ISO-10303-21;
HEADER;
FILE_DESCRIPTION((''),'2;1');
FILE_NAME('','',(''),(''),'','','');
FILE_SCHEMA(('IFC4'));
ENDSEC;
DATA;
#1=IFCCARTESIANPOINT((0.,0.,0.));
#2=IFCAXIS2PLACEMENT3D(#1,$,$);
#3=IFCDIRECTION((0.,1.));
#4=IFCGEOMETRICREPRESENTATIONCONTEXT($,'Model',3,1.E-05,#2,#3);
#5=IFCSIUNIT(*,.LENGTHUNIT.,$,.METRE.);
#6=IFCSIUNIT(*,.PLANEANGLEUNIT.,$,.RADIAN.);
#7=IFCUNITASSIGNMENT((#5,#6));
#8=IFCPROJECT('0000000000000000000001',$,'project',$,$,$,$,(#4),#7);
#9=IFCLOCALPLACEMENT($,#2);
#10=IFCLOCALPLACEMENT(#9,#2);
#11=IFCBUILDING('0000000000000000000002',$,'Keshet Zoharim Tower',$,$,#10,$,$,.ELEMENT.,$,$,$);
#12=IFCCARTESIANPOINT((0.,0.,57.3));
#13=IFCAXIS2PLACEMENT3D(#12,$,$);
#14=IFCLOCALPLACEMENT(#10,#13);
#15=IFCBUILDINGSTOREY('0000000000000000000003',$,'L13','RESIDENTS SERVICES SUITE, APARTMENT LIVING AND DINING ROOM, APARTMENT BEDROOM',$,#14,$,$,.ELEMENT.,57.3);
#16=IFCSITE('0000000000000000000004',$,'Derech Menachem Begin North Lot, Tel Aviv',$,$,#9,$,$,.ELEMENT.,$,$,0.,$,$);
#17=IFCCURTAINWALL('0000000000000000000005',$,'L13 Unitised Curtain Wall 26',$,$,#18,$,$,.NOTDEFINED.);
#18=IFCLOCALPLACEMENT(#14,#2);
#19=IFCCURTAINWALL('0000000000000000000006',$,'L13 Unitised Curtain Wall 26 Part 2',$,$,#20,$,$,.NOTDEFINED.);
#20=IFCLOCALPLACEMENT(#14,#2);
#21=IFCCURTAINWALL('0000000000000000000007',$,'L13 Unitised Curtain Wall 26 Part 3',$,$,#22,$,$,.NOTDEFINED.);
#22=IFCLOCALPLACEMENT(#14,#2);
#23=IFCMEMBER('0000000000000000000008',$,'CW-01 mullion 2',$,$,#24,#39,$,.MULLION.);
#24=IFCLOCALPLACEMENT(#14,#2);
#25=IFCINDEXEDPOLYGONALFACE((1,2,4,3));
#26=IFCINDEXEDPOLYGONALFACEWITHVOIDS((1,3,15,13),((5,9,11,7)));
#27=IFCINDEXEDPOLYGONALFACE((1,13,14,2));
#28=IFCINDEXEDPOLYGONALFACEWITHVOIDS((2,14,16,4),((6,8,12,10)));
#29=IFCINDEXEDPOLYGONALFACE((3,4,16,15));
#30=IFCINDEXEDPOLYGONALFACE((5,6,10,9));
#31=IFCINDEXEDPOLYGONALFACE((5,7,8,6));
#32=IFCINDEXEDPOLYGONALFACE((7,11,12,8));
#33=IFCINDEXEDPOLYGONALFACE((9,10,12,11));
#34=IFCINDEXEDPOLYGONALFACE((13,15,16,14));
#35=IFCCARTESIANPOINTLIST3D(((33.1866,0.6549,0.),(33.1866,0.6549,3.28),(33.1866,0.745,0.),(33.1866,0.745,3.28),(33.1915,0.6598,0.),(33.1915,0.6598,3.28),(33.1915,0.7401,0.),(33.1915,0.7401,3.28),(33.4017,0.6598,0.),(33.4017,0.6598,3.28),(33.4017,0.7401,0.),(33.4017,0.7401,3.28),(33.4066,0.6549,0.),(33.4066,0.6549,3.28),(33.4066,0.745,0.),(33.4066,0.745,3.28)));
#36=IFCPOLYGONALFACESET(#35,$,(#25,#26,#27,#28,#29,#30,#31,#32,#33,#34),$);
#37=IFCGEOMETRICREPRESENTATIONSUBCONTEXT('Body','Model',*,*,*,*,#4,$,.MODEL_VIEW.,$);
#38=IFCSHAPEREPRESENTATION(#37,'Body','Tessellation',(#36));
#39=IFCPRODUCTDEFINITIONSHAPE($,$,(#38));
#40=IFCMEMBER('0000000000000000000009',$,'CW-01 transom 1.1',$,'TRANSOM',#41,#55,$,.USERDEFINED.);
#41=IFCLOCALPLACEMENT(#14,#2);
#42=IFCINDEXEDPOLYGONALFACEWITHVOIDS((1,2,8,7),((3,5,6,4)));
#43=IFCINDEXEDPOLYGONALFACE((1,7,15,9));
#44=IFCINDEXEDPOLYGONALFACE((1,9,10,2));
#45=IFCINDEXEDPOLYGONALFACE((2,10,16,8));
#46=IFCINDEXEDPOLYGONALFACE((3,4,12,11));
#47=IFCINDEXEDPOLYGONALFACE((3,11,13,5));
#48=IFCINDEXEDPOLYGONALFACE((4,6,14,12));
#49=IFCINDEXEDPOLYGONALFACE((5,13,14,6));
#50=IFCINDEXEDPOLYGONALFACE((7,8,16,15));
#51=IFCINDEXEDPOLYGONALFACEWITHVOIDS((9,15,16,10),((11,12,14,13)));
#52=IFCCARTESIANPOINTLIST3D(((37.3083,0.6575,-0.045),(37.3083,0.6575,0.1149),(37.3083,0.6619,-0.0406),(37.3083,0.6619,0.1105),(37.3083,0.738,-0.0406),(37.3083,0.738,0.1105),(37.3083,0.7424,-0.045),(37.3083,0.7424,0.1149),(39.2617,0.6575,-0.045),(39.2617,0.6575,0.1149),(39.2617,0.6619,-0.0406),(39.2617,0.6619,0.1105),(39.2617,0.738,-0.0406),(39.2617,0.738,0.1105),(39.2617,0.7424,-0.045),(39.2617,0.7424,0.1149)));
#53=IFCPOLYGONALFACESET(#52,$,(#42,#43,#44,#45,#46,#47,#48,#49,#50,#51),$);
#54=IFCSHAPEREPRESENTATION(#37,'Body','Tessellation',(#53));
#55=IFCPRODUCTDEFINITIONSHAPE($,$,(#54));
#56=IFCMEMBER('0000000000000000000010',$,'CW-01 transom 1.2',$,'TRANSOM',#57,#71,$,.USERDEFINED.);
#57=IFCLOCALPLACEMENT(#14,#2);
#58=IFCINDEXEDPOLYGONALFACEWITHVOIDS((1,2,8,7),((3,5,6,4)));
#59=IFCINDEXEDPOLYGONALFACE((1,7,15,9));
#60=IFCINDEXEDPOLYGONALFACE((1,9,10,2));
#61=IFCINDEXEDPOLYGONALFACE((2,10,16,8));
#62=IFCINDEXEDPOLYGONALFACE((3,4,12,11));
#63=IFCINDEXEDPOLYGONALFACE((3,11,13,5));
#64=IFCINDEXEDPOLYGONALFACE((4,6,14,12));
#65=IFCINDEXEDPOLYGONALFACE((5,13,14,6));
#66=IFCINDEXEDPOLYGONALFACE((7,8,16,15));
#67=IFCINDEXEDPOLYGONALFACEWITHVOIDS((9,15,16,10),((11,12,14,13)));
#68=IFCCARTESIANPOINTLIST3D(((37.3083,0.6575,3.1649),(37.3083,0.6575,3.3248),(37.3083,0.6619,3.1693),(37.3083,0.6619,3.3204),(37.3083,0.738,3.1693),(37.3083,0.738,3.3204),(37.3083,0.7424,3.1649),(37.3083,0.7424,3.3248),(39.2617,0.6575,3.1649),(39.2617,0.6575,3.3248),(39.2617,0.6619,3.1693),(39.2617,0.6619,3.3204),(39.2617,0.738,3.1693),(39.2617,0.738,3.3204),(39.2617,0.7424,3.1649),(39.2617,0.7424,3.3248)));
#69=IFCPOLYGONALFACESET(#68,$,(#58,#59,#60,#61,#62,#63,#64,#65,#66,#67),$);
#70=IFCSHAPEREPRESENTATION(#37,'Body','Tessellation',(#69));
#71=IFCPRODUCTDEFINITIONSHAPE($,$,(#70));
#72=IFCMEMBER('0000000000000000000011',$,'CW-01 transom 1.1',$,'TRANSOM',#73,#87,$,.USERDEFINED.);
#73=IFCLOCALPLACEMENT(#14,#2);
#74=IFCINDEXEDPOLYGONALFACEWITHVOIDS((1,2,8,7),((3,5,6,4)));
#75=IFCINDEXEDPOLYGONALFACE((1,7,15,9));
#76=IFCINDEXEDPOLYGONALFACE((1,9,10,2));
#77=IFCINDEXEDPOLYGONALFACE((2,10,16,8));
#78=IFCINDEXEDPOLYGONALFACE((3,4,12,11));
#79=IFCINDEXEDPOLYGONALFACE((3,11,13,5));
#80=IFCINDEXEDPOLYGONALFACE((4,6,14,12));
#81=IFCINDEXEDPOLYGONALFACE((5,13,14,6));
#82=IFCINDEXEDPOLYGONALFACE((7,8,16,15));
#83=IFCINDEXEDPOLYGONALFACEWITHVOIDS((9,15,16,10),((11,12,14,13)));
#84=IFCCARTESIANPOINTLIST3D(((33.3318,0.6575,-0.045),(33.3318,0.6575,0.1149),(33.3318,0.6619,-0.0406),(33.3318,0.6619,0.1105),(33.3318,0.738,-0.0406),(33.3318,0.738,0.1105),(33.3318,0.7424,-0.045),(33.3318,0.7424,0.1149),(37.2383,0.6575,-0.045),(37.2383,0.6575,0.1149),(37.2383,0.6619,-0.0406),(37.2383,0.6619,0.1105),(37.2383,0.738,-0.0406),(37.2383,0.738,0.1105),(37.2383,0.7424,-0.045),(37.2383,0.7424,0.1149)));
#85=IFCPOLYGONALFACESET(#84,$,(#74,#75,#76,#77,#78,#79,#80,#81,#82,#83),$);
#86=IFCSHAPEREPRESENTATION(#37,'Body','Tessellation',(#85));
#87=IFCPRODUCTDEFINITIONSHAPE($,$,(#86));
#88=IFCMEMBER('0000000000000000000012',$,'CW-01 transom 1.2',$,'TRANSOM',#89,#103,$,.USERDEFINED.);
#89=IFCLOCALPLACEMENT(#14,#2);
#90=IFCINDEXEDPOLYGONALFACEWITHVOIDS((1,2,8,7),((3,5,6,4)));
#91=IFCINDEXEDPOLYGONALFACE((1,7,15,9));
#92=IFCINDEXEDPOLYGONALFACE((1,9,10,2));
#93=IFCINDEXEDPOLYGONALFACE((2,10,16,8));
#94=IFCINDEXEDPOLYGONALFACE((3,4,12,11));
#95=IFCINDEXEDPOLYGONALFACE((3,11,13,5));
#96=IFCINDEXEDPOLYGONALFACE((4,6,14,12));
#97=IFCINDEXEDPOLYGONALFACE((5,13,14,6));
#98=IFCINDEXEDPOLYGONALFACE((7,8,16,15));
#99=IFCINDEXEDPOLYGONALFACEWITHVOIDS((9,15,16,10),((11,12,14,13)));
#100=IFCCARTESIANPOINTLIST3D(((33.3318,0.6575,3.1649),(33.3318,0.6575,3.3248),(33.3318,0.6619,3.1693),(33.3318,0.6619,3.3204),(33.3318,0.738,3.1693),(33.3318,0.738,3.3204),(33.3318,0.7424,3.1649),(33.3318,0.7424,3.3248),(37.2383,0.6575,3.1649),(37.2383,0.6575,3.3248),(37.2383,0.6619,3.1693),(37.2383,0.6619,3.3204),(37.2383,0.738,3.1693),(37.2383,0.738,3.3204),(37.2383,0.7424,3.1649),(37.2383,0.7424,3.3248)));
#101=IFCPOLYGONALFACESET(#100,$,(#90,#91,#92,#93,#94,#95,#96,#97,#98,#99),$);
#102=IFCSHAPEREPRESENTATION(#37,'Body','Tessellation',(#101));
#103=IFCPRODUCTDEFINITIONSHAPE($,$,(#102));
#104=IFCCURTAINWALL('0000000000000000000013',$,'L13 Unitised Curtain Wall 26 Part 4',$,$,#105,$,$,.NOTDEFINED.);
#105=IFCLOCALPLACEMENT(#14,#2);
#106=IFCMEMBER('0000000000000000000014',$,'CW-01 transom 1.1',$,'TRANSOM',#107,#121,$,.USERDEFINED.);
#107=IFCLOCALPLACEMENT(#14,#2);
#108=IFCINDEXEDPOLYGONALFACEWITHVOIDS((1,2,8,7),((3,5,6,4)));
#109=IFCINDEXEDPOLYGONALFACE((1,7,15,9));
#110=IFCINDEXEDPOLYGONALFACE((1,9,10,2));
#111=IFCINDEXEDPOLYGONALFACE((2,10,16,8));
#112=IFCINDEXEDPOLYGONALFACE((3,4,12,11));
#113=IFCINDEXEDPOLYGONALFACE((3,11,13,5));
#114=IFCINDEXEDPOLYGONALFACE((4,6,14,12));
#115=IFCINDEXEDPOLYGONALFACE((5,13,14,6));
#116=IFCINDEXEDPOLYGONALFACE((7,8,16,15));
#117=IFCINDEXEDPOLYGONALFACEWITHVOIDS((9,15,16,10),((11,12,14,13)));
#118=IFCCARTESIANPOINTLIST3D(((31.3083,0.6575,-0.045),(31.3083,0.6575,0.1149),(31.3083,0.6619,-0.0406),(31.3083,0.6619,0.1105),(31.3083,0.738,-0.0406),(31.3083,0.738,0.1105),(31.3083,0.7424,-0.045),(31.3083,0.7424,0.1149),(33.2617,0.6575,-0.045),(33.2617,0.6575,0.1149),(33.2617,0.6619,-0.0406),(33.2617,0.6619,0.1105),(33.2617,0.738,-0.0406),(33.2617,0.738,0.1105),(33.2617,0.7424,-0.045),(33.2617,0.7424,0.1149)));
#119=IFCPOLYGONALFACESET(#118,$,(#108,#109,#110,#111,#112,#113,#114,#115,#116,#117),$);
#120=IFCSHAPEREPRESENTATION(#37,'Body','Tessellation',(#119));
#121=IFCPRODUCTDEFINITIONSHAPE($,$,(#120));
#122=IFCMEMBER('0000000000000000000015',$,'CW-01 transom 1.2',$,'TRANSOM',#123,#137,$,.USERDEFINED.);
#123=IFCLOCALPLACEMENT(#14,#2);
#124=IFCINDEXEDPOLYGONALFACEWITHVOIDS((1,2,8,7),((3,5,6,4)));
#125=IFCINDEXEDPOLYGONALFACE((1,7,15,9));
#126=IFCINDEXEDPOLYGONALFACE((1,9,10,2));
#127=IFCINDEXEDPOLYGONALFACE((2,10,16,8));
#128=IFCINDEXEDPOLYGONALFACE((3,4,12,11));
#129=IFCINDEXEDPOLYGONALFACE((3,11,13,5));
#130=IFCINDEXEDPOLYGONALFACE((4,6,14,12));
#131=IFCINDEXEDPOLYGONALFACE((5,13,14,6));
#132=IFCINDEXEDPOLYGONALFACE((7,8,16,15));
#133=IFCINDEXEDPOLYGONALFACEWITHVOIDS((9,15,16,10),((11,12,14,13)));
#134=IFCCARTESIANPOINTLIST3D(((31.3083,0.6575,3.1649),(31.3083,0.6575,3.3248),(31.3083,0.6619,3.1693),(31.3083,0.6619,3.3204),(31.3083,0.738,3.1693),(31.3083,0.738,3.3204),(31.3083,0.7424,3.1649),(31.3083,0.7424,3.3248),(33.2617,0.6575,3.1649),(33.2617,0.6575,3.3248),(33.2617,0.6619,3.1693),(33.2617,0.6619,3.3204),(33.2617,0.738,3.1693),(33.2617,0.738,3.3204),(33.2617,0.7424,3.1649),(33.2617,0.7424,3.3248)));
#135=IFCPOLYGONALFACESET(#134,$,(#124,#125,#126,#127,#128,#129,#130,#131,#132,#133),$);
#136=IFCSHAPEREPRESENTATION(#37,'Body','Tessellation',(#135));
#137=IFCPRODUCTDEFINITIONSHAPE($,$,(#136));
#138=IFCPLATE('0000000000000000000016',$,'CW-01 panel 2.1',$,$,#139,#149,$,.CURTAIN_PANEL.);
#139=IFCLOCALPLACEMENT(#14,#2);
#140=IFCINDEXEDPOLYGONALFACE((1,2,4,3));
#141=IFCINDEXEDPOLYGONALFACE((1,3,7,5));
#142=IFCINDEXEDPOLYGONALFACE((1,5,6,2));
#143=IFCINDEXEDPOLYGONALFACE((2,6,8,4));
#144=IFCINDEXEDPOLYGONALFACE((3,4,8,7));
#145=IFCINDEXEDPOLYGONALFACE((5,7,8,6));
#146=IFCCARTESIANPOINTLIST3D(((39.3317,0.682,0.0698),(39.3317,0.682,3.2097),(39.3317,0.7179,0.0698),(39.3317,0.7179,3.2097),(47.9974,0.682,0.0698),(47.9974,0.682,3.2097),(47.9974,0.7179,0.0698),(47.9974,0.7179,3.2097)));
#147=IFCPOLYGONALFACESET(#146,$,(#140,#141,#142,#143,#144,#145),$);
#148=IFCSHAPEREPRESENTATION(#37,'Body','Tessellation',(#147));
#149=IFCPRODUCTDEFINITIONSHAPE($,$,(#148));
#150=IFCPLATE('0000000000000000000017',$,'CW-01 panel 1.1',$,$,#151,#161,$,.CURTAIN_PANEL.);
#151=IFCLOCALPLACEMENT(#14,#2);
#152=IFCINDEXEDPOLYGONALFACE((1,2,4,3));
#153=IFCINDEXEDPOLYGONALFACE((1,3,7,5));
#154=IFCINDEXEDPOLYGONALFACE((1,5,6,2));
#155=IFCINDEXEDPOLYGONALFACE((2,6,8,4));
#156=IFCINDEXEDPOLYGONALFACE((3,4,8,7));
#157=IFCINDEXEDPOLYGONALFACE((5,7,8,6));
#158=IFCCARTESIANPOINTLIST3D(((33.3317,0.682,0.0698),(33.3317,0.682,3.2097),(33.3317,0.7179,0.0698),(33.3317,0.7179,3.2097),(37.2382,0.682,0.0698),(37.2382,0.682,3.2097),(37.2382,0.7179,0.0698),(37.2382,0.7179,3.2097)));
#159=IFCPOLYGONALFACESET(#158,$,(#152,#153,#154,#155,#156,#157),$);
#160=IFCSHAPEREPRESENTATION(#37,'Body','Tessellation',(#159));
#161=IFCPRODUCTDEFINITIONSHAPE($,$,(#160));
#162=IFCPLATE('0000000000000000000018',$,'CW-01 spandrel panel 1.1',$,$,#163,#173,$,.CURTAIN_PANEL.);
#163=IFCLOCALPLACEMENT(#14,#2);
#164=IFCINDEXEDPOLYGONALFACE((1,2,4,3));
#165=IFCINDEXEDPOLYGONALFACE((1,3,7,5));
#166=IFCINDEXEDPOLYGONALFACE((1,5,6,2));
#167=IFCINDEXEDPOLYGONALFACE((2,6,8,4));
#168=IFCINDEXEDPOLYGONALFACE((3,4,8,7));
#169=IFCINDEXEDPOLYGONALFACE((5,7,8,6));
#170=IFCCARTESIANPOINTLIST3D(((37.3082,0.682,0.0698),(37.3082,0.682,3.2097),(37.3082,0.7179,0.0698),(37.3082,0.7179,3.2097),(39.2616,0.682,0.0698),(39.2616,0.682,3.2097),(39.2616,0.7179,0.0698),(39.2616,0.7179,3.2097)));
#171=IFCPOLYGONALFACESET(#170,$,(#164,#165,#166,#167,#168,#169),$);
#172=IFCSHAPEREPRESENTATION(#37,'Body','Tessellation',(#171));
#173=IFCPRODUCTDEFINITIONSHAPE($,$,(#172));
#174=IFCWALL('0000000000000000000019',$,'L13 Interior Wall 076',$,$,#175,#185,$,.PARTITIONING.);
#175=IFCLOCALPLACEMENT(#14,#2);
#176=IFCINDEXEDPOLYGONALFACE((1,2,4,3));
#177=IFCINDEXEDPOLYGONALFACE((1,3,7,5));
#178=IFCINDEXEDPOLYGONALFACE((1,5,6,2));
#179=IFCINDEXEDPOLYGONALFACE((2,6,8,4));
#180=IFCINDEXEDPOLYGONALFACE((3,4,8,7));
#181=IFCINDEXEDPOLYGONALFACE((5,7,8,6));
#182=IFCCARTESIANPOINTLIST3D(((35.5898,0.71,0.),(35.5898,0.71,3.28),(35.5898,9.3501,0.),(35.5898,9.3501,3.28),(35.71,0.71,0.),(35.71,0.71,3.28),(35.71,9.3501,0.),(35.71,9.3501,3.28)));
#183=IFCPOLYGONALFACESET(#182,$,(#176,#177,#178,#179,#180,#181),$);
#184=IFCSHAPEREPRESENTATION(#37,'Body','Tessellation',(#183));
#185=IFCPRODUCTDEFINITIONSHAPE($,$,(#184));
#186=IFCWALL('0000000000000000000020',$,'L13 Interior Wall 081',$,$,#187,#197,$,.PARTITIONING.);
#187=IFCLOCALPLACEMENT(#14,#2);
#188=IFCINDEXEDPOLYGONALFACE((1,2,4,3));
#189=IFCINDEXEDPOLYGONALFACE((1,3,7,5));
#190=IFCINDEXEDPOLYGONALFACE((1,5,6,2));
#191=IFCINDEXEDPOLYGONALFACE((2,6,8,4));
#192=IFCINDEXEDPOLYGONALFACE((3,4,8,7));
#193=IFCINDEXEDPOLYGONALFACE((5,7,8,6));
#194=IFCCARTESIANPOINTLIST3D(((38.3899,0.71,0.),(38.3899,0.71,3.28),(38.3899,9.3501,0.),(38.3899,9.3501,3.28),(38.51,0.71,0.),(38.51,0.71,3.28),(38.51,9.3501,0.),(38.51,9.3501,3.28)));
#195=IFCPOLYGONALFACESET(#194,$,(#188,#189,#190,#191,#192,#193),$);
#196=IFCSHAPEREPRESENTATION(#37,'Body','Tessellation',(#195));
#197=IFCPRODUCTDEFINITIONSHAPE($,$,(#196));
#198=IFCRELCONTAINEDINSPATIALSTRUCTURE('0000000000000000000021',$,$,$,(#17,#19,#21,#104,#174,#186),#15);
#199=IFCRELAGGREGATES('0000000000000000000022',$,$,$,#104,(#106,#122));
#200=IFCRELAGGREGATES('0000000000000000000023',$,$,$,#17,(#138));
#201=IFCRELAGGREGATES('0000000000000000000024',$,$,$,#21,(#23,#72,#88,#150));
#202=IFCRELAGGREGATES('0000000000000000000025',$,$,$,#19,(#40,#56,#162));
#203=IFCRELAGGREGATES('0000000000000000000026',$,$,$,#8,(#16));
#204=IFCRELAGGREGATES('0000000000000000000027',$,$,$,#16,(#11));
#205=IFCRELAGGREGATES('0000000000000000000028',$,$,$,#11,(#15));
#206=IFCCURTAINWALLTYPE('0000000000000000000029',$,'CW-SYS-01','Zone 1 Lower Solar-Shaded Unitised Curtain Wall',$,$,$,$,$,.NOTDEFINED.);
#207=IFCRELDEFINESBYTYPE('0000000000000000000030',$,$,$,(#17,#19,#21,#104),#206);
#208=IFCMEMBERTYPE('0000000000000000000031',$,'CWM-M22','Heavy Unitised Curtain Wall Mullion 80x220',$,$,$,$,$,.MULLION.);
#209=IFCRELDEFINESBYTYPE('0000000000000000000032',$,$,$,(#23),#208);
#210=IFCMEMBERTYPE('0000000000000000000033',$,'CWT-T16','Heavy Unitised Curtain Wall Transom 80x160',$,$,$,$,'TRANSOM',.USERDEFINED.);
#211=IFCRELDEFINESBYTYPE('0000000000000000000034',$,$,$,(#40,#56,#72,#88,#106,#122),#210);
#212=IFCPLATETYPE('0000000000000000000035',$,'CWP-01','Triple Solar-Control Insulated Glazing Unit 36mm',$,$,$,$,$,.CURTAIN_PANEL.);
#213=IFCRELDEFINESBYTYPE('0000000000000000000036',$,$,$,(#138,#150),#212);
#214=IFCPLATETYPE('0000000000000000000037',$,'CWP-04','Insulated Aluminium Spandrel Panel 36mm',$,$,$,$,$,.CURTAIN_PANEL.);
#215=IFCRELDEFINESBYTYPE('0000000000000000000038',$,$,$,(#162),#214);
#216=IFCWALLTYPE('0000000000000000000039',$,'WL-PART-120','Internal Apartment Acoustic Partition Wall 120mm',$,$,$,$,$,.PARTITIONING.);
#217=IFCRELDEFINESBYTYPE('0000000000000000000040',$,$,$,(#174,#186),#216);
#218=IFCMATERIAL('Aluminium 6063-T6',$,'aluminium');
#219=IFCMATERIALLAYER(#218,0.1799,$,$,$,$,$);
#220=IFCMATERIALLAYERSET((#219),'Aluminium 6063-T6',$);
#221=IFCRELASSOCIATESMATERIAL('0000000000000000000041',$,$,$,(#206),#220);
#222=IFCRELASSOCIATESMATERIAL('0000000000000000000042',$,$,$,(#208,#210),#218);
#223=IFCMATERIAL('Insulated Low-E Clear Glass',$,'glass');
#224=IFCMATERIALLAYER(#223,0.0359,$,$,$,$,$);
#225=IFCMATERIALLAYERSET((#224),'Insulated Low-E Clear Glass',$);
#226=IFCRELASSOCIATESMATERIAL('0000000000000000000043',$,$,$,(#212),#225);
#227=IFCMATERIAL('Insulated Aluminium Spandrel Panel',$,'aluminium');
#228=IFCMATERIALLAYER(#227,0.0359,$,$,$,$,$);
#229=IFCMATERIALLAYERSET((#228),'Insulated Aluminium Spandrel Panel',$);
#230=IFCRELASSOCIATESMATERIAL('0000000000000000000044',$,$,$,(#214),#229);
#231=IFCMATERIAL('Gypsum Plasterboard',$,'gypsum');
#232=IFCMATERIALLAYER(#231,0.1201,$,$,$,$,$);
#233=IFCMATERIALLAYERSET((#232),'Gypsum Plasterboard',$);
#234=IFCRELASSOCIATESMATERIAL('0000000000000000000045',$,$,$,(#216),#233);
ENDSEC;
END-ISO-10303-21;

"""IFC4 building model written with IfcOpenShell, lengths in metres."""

from ifc_helpers import new_model, si_unit, direction, frame, frame_2d, origin, origin_2d, place, context, subcontext, project, spatial, rectangle, hollow_rectangle, extrude, material, layer, layer_set, material_profile, profile_set, type_object, element, aggregate, save


model = new_model("IFC4")

# Units and contexts
model_context = context("Model", 3, precision=1e-05, world=origin(), true_north=direction((0.0, 1.0)))
body_context = subcontext(model_context, "Body", "Model", "MODEL_VIEW")
ifc_project = project(units=[si_unit("LENGTHUNIT", "METRE"), si_unit("PLANEANGLEUNIT", "RADIAN")], contexts=[model_context])

# Site, building, storey
site_placement = place(None, origin())
site = spatial("IfcSite", under=ifc_project, at=site_placement, Name="Derech Menachem Begin North Lot, Tel Aviv", CompositionType="ELEMENT", RefElevation=0.0)
building_placement = place(site_placement, origin())
building = spatial("IfcBuilding", under=site, at=building_placement, Name="Keshet Zoharim Tower", CompositionType="ELEMENT")
storey_placement = place(building_placement, frame((0.0, 0.0, 57.3)))
storey = spatial("IfcBuildingStorey", under=building, at=storey_placement, Name="L13", Description="RESIDENTS SERVICES SUITE, APARTMENT LIVING AND DINING ROOM, APARTMENT BEDROOM", CompositionType="ELEMENT", Elevation=57.3)

# Curtain walls, member
ifc_material_1 = material(Name="Aluminium 6063-T6", Category="aluminium")
ifc_layer_1 = layer(ifc_material_1, 0.1799)
ifc_layer_set_1 = layer_set([ifc_layer_1], Name="Aluminium 6063-T6")
curtain_wall_type = type_object("IfcCurtainWallType", Name="CW-SYS-01", Description="Zone 1 Lower Solar-Shaded Unitised Curtain Wall", PredefinedType="NOTDEFINED", material=ifc_layer_set_1)
curtain_wall_1_placement = place(storey_placement, origin())
curtain_wall_1 = element("IfcCurtainWall", 1, at=curtain_wall_1_placement, inside=storey, type_object=curtain_wall_type, Name="L13 Unitised Curtain Wall 26", PredefinedType="NOTDEFINED")
ifc_material_profile_1 = material_profile(ifc_material_1, hollow_rectangle(XDim=0.0901, YDim=0.22, WallThickness=0.0049, at=origin_2d()), Name="MUL-90x220")
ifc_profile_set_1 = profile_set([ifc_material_profile_1], Name="Aluminium 6063-T6")
member_type_1 = type_object("IfcMemberType", Name="CWM-M22", Description="Heavy Unitised Curtain Wall Mullion 80x220", PredefinedType="MULLION", material=ifc_profile_set_1)
curtain_wall_2_placement = place(storey_placement, origin())
curtain_wall_2 = element("IfcCurtainWall", 2, at=curtain_wall_2_placement, inside=storey, type_object=curtain_wall_type, Name="L13 Unitised Curtain Wall 26 Part 2", PredefinedType="NOTDEFINED")
curtain_wall_3_placement = place(storey_placement, origin())
curtain_wall_3 = element("IfcCurtainWall", 3, at=curtain_wall_3_placement, inside=storey, type_object=curtain_wall_type, Name="L13 Unitised Curtain Wall 26 Part 3", PredefinedType="NOTDEFINED")
member_1_placement = place(storey_placement, frame((33.2966, 0.7, 0.0), z_axis=(0.0, 0.0, 1.0), x_axis=(0.0, -1.0, 0.0)))
member_1 = element("IfcMember", 4, at=member_1_placement, type_object=member_type_1, Name="CW-01 mullion 2", PredefinedType="MULLION", context=body_context, shape_type="SweptSolid", body=[
    extrude(hollow_rectangle(XDim=0.0901, YDim=0.22, WallThickness=0.0049, at=origin_2d()), origin(), (0.0, 0.0, 1.0), 3.28),
])

# Members
ifc_material_profile_2 = material_profile(ifc_material_1, hollow_rectangle(XDim=0.085, YDim=0.1599, WallThickness=0.0044, at=origin_2d()), Name="TRN-85x160")
ifc_profile_set_2 = profile_set([ifc_material_profile_2], Name="Aluminium 6063-T6")
member_type_2 = type_object("IfcMemberType", Name="CWT-T16", Description="Heavy Unitised Curtain Wall Transom 80x160", ElementType="TRANSOM", PredefinedType="USERDEFINED", material=ifc_profile_set_2)
member_2_placement = place(storey_placement, frame((39.2617, 0.7, 0.0349), z_axis=(-1.0, 0.0, 0.0), x_axis=(0.0, -1.0, 0.0)))
member_2 = element("IfcMember", 5, at=member_2_placement, type_object=member_type_2, Name="CW-01 transom 1.1", ObjectType="TRANSOM", PredefinedType="USERDEFINED", context=body_context, shape_type="SweptSolid", body=[
    extrude(hollow_rectangle(XDim=0.085, YDim=0.1599, WallThickness=0.0044, at=origin_2d()), origin(), (0.0, 0.0, 1.0), 1.9534),
])
member_3_placement = place(storey_placement, frame((39.2617, 0.7, 3.2449), z_axis=(-1.0, 0.0, 0.0), x_axis=(0.0, -1.0, 0.0)))
member_3 = element("IfcMember", 6, at=member_3_placement, type_object=member_type_2, Name="CW-01 transom 1.2", ObjectType="TRANSOM", PredefinedType="USERDEFINED", context=body_context, shape_type="SweptSolid", body=[
    extrude(hollow_rectangle(XDim=0.085, YDim=0.1599, WallThickness=0.0044, at=origin_2d()), origin(), (0.0, 0.0, 1.0), 1.9534),
])
member_4_placement = place(storey_placement, frame((37.2383, 0.7, 0.0349), z_axis=(-1.0, 0.0, 0.0), x_axis=(0.0, -1.0, 0.0)))
member_4 = element("IfcMember", 7, at=member_4_placement, type_object=member_type_2, Name="CW-01 transom 1.1", ObjectType="TRANSOM", PredefinedType="USERDEFINED", context=body_context, shape_type="SweptSolid", body=[
    extrude(hollow_rectangle(XDim=0.085, YDim=0.1599, WallThickness=0.0044, at=origin_2d()), origin(), (0.0, 0.0, 1.0), 3.9065),
])
member_5_placement = place(storey_placement, frame((37.2383, 0.7, 3.2449), z_axis=(-1.0, 0.0, 0.0), x_axis=(0.0, -1.0, 0.0)))
member_5 = element("IfcMember", 8, at=member_5_placement, type_object=member_type_2, Name="CW-01 transom 1.2", ObjectType="TRANSOM", PredefinedType="USERDEFINED", context=body_context, shape_type="SweptSolid", body=[
    extrude(hollow_rectangle(XDim=0.085, YDim=0.1599, WallThickness=0.0044, at=origin_2d()), origin(), (0.0, 0.0, 1.0), 3.9065),
])

# Curtain wall, members
curtain_wall_4_placement = place(storey_placement, origin())
curtain_wall_4 = element("IfcCurtainWall", 9, at=curtain_wall_4_placement, inside=storey, type_object=curtain_wall_type, Name="L13 Unitised Curtain Wall 26 Part 4", PredefinedType="NOTDEFINED")
member_6_placement = place(storey_placement, frame((33.2617, 0.7, 0.0349), z_axis=(-1.0, 0.0, 0.0), x_axis=(0.0, -1.0, 0.0)))
member_6 = element("IfcMember", 10, at=member_6_placement, type_object=member_type_2, Name="CW-01 transom 1.1", ObjectType="TRANSOM", PredefinedType="USERDEFINED", context=body_context, shape_type="SweptSolid", body=[
    extrude(hollow_rectangle(XDim=0.085, YDim=0.1599, WallThickness=0.0044, at=origin_2d()), origin(), (0.0, 0.0, 1.0), 1.9534),
])
member_7_placement = place(storey_placement, frame((33.2617, 0.7, 3.2449), z_axis=(-1.0, 0.0, 0.0), x_axis=(0.0, -1.0, 0.0)))
member_7 = element("IfcMember", 11, at=member_7_placement, type_object=member_type_2, Name="CW-01 transom 1.2", ObjectType="TRANSOM", PredefinedType="USERDEFINED", context=body_context, shape_type="SweptSolid", body=[
    extrude(hollow_rectangle(XDim=0.085, YDim=0.1599, WallThickness=0.0044, at=origin_2d()), origin(), (0.0, 0.0, 1.0), 1.9534),
])
aggregate(curtain_wall_4, [member_6, member_7])

# Plates
ifc_material_2 = material(Name="Insulated Low-E Clear Glass", Category="glass")
ifc_layer_2 = layer(ifc_material_2, 0.0359)
ifc_layer_set_2 = layer_set([ifc_layer_2], Name="Insulated Low-E Clear Glass")
plate_type_1 = type_object("IfcPlateType", Name="CWP-01", Description="Triple Solar-Control Insulated Glazing Unit 36mm", PredefinedType="CURTAIN_PANEL", material=ifc_layer_set_2)
plate_1_placement = place(storey_placement, frame((43.6646, 0.7, 0.0698), z_axis=(0.0, 0.0, 1.0), x_axis=(-1.0, 0.0, 0.0)))
plate_1 = element("IfcPlate", 12, at=plate_1_placement, type_object=plate_type_1, Name="CW-01 panel 2.1", PredefinedType="CURTAIN_PANEL", context=body_context, shape_type="SweptSolid", body=[
    extrude(rectangle(XDim=8.6658, YDim=0.0359, at=origin_2d()), origin(), (0.0, 0.0, 1.0), 3.1399),
])
aggregate(curtain_wall_1, [plate_1])
plate_2_placement = place(storey_placement, frame((35.2849, 0.7, 0.0698), z_axis=(0.0, 0.0, 1.0), x_axis=(-1.0, 0.0, 0.0)))
plate_2 = element("IfcPlate", 13, at=plate_2_placement, type_object=plate_type_1, Name="CW-01 panel 1.1", PredefinedType="CURTAIN_PANEL", context=body_context, shape_type="SweptSolid", body=[
    extrude(rectangle(XDim=3.9065, YDim=0.0359, at=origin_2d()), origin(), (0.0, 0.0, 1.0), 3.1399),
])
aggregate(curtain_wall_3, [member_1, member_4, member_5, plate_2])
ifc_material_3 = material(Name="Insulated Aluminium Spandrel Panel", Category="aluminium")
ifc_layer_3 = layer(ifc_material_3, 0.0359)
ifc_layer_set_3 = layer_set([ifc_layer_3], Name="Insulated Aluminium Spandrel Panel")
plate_type_2 = type_object("IfcPlateType", Name="CWP-04", Description="Insulated Aluminium Spandrel Panel 36mm", PredefinedType="CURTAIN_PANEL", material=ifc_layer_set_3)
plate_3_placement = place(storey_placement, frame((38.2849, 0.7, 0.0698), z_axis=(0.0, 0.0, 1.0), x_axis=(-1.0, 0.0, 0.0)))
plate_3 = element("IfcPlate", 14, at=plate_3_placement, type_object=plate_type_2, Name="CW-01 spandrel panel 1.1", PredefinedType="CURTAIN_PANEL", context=body_context, shape_type="SweptSolid", body=[
    extrude(rectangle(XDim=1.9534, YDim=0.0359, at=origin_2d()), origin(), (0.0, 0.0, 1.0), 3.1399),
])
aggregate(curtain_wall_2, [member_2, member_3, plate_3])

# Walls
ifc_material_4 = material(Name="Gypsum Plasterboard", Category="gypsum")
ifc_layer_4 = layer(ifc_material_4, 0.1201)
ifc_layer_set_4 = layer_set([ifc_layer_4], Name="Gypsum Plasterboard")
wall_type = type_object("IfcWallType", Name="WL-PART-120", Description="Internal Apartment Acoustic Partition Wall 120mm", PredefinedType="PARTITIONING", material=ifc_layer_set_4)
for number, where, z_axis, x_axis, name in (
    (15, (35.6499, 0.71, 0.0), (0.0, 0.0, 1.0), (0.0, 1.0, 0.0), "L13 Interior Wall 076"),
    (16, (38.45, 0.71, 0.0), (0.0, 0.0, 1.0), (0.0, 1.0, 0.0), "L13 Interior Wall 081"),
):
    element("IfcWall", number, at=place(storey_placement, frame(where, z_axis=z_axis, x_axis=x_axis)), inside=storey, type_object=wall_type, Name=name, PredefinedType="PARTITIONING", context=body_context, shape_type="SweptSolid", body=[
        extrude(rectangle(XDim=8.6401, YDim=0.1201, at=frame_2d((4.3201, 0.0))), origin(), (0.0, 0.0, 1.0), 3.28),
    ])

save(model, "model.ifc")
